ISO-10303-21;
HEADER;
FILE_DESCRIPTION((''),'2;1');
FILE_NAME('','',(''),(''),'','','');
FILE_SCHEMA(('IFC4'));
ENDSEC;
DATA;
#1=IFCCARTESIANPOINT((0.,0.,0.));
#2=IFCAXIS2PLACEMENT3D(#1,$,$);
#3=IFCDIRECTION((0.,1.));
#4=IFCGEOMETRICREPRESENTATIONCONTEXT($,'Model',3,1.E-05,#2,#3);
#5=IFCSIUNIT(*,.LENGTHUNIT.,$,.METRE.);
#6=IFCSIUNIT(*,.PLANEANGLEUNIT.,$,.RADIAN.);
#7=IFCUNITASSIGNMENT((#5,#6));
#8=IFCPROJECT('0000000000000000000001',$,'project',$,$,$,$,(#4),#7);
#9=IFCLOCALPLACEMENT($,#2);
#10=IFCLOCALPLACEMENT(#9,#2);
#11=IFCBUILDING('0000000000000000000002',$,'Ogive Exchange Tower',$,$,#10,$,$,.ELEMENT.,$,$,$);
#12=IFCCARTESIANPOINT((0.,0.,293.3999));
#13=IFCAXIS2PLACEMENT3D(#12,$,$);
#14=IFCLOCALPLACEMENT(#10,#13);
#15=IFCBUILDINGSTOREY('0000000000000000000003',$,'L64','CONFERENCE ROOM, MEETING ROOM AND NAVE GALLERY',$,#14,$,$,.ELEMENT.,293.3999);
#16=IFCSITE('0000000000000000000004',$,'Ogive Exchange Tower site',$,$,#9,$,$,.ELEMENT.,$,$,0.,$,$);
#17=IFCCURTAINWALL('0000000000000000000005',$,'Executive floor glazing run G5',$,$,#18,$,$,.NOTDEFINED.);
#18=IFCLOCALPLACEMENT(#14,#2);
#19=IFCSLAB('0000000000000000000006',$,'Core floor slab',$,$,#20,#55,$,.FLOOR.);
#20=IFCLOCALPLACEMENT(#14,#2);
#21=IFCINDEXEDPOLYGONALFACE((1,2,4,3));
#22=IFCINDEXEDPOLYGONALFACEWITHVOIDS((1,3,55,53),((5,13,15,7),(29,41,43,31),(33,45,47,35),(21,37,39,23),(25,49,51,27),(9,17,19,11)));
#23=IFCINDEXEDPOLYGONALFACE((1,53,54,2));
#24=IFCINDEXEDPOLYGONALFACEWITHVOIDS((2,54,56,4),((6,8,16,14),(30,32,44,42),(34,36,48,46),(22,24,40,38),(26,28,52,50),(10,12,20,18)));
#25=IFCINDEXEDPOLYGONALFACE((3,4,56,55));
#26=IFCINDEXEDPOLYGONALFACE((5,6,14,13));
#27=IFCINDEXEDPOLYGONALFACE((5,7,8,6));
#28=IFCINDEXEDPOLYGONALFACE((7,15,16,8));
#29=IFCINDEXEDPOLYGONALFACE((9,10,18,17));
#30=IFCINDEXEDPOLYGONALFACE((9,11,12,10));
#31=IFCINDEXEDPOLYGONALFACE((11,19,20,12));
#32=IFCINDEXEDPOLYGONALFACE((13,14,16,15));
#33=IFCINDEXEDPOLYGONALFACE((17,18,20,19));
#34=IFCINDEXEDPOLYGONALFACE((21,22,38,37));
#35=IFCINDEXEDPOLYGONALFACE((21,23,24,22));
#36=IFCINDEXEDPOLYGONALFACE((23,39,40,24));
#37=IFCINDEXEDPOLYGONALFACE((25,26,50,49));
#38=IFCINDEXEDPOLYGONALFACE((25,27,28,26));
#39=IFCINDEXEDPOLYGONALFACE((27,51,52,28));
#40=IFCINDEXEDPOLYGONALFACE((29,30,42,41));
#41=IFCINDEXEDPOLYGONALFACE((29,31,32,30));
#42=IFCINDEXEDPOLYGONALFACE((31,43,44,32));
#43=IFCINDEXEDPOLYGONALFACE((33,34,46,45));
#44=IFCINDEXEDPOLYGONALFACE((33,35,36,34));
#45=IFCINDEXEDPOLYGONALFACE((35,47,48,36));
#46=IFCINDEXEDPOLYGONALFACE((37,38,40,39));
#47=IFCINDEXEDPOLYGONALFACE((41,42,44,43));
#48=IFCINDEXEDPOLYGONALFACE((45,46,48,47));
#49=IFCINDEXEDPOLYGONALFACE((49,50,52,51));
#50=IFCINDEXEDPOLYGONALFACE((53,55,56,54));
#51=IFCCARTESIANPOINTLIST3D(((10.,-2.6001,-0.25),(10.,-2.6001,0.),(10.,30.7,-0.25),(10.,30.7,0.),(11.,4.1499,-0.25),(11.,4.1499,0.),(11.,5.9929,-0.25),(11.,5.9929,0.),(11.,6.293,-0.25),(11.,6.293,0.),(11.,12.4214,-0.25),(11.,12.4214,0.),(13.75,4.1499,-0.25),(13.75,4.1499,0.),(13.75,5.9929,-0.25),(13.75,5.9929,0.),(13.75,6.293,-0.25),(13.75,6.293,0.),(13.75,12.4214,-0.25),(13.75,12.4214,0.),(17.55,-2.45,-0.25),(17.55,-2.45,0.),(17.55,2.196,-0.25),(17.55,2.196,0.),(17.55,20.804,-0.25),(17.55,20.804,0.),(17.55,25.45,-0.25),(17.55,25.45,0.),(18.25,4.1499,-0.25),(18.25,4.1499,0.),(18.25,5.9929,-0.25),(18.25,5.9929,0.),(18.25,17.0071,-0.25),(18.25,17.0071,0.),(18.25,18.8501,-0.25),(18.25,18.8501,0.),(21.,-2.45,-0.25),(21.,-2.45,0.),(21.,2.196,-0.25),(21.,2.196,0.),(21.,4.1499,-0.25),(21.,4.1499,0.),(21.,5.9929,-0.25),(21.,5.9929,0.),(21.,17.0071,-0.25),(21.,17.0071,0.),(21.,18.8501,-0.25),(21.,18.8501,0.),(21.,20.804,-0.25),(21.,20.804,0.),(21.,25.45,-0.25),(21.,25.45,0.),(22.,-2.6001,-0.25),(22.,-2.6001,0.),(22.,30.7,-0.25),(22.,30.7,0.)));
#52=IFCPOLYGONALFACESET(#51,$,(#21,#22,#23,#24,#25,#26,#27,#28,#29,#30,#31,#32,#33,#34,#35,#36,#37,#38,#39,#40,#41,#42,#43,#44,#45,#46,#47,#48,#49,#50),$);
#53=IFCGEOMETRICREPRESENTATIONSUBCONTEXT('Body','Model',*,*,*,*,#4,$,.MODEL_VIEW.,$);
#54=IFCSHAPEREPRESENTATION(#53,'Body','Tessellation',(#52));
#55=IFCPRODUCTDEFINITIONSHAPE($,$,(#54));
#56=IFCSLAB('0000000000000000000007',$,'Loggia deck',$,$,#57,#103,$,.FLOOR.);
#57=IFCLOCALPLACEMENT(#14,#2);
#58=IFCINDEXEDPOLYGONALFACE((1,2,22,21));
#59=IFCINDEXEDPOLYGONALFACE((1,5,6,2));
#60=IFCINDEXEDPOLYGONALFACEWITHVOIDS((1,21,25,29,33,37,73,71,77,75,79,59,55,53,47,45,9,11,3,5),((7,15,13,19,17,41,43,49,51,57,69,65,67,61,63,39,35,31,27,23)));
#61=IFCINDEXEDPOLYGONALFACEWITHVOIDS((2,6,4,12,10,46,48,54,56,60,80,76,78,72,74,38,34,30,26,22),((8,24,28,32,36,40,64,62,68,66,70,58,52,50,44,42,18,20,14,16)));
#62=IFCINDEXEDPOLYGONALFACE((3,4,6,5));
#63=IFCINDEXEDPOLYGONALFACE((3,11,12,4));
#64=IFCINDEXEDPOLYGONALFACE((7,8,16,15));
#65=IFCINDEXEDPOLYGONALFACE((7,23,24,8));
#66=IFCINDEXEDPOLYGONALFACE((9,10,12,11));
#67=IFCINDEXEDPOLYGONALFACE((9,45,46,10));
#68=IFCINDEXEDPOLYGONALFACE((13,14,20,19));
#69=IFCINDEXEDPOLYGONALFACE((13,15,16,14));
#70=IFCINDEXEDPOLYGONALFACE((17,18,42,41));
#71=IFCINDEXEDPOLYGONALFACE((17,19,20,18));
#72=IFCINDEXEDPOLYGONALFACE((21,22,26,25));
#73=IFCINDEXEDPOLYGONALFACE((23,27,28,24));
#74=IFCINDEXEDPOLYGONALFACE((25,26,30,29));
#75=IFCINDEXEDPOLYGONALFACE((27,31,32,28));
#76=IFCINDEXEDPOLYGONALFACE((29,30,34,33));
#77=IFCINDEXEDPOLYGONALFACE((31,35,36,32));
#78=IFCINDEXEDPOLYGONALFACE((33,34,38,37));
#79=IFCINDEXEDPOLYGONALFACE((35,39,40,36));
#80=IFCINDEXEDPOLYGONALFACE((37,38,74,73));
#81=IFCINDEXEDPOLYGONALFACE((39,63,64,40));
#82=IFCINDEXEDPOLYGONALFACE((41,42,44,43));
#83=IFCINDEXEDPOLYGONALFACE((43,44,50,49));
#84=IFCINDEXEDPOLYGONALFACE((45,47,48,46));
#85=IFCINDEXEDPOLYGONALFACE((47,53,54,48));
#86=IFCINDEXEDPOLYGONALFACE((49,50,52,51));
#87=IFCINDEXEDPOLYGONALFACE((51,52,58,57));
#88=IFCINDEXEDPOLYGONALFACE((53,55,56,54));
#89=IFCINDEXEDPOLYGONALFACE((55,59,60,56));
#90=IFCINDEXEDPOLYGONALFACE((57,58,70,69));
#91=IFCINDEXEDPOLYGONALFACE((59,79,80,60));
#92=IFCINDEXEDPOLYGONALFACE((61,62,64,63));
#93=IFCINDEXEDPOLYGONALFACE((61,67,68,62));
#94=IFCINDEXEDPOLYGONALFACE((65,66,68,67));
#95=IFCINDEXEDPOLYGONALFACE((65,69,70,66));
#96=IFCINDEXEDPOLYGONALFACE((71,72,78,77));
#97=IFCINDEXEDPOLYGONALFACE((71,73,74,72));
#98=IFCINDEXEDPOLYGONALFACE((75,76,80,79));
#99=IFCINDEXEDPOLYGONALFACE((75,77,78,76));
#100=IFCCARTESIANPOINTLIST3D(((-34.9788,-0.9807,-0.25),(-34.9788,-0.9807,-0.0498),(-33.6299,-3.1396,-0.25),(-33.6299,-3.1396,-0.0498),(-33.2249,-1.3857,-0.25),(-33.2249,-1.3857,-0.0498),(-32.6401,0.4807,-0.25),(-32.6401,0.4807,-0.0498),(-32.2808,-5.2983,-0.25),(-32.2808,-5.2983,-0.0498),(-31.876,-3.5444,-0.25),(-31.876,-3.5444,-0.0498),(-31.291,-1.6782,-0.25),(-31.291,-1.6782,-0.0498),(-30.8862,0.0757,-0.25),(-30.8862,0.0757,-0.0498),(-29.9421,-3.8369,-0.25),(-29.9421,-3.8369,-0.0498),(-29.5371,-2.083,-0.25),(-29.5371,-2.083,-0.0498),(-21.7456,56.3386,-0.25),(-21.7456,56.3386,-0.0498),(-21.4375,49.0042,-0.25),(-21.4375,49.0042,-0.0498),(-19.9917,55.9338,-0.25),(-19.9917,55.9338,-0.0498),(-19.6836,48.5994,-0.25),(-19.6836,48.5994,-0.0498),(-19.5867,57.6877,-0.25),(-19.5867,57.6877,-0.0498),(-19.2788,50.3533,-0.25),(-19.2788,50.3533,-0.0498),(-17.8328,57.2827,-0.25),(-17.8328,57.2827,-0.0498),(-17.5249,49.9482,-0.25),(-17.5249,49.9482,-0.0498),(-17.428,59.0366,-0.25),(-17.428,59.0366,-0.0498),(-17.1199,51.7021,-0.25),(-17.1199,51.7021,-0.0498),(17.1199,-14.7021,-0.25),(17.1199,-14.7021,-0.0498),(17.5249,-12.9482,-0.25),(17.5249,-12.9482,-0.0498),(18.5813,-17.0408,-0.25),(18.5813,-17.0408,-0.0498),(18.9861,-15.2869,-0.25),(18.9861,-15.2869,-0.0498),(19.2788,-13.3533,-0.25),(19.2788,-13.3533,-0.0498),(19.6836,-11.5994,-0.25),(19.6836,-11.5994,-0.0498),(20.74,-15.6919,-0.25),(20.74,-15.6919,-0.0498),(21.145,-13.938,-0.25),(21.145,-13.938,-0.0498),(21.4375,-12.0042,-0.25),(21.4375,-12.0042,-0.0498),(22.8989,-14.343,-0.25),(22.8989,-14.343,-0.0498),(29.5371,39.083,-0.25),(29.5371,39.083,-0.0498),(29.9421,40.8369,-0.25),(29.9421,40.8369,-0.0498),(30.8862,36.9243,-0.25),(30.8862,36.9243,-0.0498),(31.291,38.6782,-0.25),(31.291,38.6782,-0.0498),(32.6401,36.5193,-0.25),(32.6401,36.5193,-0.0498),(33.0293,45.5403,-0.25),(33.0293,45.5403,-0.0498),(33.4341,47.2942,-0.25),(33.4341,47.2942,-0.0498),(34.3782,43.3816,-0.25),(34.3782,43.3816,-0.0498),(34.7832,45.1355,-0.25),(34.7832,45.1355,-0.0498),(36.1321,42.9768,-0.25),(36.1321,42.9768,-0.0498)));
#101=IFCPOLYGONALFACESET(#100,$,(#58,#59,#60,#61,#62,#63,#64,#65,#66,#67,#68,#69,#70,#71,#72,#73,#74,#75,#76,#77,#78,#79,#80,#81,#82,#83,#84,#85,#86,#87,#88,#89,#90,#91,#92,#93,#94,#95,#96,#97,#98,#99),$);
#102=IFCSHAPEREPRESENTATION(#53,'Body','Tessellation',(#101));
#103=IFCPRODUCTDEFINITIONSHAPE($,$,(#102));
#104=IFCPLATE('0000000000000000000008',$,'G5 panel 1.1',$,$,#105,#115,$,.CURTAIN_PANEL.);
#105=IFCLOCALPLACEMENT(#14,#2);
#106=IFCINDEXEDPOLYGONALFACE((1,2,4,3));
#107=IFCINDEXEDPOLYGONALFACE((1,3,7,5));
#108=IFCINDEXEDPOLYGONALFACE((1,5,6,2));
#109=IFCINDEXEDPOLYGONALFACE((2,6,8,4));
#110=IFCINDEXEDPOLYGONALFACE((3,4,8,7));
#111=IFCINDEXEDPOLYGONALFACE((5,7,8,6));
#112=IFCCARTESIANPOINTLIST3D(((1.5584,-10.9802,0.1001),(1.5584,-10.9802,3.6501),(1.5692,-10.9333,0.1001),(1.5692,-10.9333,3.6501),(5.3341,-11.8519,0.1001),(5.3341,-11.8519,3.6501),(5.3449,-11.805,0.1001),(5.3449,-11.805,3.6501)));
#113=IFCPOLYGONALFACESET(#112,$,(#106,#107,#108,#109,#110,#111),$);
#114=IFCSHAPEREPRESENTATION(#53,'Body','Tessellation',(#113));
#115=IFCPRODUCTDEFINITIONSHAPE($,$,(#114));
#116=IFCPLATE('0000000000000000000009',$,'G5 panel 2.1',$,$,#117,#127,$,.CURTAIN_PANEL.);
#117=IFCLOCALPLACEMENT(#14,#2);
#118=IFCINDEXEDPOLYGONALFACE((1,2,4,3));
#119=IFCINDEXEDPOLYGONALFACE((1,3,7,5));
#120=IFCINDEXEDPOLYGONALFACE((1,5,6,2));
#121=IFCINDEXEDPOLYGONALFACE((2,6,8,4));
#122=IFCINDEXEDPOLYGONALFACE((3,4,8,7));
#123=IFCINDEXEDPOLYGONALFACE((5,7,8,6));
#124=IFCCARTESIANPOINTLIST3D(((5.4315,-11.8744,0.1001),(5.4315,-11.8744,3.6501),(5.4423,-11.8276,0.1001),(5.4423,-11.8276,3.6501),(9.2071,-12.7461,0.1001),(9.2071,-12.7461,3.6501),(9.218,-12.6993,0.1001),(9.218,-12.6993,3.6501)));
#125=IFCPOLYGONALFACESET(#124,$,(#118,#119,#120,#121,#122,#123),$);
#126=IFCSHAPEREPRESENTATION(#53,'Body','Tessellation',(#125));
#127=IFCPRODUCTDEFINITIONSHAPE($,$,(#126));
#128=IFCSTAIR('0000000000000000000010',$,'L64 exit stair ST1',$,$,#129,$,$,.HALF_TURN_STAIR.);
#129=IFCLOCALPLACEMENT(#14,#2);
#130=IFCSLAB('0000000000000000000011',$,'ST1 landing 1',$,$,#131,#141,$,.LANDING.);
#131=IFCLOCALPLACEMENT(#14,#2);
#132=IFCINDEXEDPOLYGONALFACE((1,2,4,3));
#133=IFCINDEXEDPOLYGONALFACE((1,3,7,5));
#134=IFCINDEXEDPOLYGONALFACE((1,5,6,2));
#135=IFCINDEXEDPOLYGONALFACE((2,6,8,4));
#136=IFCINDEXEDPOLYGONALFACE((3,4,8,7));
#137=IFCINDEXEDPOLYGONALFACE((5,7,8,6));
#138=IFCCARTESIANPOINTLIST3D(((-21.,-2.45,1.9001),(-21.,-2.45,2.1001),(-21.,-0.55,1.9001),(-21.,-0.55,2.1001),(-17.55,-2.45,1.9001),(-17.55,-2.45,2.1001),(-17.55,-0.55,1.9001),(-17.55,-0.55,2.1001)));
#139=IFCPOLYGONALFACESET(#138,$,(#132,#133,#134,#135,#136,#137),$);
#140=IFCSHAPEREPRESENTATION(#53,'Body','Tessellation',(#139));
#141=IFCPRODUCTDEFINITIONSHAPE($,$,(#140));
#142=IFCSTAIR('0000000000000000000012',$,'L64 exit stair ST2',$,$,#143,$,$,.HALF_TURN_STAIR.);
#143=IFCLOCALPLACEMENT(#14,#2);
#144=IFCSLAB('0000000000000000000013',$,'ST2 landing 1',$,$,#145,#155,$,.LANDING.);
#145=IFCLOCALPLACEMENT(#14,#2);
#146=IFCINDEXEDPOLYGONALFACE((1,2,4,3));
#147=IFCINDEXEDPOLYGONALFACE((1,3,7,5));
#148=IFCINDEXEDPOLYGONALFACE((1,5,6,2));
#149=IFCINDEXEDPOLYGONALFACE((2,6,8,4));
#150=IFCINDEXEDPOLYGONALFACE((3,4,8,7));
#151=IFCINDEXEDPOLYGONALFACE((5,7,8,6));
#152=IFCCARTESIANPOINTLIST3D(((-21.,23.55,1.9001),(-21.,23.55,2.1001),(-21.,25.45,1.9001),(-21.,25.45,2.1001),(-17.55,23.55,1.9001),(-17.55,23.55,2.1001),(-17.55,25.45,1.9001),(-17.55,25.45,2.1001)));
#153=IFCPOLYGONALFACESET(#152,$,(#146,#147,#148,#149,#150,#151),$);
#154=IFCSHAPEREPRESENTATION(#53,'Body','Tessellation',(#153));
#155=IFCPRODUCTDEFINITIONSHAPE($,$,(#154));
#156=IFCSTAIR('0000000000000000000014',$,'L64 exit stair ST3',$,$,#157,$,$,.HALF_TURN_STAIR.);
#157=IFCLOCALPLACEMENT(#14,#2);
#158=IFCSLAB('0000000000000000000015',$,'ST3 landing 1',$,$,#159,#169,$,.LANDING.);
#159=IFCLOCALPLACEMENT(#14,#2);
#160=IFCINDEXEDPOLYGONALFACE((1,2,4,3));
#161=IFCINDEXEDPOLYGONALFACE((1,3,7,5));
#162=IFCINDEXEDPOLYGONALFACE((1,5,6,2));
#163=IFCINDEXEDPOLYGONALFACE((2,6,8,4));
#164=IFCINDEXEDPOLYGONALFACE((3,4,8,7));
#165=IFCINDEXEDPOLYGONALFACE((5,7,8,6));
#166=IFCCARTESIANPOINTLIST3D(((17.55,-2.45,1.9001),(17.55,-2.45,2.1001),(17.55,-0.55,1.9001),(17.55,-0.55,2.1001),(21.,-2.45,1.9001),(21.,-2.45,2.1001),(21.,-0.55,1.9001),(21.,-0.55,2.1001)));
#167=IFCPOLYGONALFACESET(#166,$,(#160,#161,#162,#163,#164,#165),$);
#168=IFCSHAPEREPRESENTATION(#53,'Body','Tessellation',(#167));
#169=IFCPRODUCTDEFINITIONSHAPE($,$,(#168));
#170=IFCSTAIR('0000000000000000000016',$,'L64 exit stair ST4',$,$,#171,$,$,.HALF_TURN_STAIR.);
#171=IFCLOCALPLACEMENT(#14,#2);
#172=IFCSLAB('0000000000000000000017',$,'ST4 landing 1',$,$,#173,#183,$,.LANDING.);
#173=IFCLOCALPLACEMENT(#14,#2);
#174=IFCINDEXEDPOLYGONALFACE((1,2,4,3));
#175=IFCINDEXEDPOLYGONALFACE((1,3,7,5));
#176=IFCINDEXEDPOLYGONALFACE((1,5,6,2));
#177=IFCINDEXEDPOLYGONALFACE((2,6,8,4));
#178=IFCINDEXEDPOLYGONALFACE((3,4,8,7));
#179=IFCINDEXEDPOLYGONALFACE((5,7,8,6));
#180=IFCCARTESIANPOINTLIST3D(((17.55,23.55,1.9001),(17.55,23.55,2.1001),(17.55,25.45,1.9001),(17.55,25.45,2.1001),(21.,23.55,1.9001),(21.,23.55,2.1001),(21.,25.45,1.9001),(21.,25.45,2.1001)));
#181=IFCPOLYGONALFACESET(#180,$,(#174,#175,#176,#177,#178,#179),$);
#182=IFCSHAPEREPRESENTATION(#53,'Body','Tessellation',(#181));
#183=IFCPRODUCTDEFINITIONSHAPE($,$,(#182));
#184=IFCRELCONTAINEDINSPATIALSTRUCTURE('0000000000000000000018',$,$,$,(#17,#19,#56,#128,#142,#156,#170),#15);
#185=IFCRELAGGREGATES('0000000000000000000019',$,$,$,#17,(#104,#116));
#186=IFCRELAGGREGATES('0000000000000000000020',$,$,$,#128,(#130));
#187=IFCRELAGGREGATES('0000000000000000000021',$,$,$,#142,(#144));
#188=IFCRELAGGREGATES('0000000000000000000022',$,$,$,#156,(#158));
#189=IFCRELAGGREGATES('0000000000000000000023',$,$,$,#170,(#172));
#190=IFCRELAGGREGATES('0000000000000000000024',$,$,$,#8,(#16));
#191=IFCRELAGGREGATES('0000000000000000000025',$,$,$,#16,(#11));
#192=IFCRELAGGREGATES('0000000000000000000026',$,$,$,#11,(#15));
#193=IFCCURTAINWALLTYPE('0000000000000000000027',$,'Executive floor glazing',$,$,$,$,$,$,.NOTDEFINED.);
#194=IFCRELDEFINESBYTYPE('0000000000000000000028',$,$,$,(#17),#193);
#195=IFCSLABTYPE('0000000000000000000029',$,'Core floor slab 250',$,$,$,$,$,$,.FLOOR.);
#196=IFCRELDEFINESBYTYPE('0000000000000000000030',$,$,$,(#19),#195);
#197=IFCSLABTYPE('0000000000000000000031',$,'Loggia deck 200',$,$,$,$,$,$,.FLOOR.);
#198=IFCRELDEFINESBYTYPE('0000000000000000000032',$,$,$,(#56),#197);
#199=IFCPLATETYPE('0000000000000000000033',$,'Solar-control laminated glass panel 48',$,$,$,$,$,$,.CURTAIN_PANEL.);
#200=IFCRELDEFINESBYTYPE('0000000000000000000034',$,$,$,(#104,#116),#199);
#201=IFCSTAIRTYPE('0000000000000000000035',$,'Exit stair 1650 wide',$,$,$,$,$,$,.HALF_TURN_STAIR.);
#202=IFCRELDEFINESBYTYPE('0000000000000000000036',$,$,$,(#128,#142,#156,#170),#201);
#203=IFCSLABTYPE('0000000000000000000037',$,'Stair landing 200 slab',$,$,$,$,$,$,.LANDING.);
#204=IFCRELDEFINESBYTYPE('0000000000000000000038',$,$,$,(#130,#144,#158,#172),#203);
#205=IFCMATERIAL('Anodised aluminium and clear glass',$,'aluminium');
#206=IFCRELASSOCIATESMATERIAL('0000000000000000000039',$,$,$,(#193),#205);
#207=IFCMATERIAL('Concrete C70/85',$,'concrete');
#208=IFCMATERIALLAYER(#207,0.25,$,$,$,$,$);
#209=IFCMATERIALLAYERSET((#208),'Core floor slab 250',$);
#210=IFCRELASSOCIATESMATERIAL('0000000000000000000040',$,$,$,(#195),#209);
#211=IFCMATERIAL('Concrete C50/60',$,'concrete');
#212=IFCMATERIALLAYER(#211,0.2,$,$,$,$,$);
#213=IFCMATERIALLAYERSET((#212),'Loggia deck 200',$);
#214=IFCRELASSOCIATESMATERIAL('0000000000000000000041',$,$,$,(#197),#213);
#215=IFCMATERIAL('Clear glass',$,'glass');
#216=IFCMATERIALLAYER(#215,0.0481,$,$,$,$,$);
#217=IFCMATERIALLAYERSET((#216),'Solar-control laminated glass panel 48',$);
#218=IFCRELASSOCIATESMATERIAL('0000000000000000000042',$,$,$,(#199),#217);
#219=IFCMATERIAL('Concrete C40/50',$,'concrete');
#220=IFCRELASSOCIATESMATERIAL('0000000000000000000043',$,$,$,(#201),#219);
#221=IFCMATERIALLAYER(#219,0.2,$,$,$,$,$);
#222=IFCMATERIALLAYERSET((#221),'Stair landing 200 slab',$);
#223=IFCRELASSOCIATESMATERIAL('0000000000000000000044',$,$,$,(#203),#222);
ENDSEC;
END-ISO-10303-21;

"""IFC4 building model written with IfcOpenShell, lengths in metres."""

from ifc_helpers import new_model, si_unit, direction, frame, origin, origin_2d, place, context, subcontext, project, spatial, polyline, rectangle, outline, extrude, material, layer, layer_set, type_object, element, aggregate, save


model = new_model("IFC4")

# Units and contexts
model_context = context("Model", 3, precision=1e-05, world=origin(), true_north=direction((0.0, 1.0)))
body_context = subcontext(model_context, "Body", "Model", "MODEL_VIEW")
ifc_project = project(units=[si_unit("LENGTHUNIT", "METRE"), si_unit("PLANEANGLEUNIT", "RADIAN")], contexts=[model_context])

# Site, building, storey
site_placement = place(None, origin())
site = spatial("IfcSite", under=ifc_project, at=site_placement, Name="Ogive Exchange Tower site", CompositionType="ELEMENT", RefElevation=0.0)
building_placement = place(site_placement, origin())
building = spatial("IfcBuilding", under=site, at=building_placement, Name="Ogive Exchange Tower", CompositionType="ELEMENT")
storey_placement = place(building_placement, frame((0.0, 0.0, 293.3999)))
storey = spatial("IfcBuildingStorey", under=building, at=storey_placement, Name="L64", Description="CONFERENCE ROOM, MEETING ROOM AND NAVE GALLERY", CompositionType="ELEMENT", Elevation=293.3999)

# Shared definitions
ifc_material_1 = material(Name="Anodised aluminium and clear glass", Category="aluminium")
curtain_wall_type = type_object("IfcCurtainWallType", Name="Executive floor glazing", PredefinedType="NOTDEFINED", material=ifc_material_1)

# Curtain wall
curtain_wall_1_placement = place(storey_placement, origin())
curtain_wall_1 = element("IfcCurtainWall", 1, at=curtain_wall_1_placement, inside=storey, type_object=curtain_wall_type, Name="Executive floor glazing run G5", PredefinedType="NOTDEFINED")

# Slabs
ifc_material_2 = material(Name="Concrete C50/60", Category="concrete")
ifc_material_3 = material(Name="Concrete C70/85", Category="concrete")
ifc_layer_1 = layer(ifc_material_3, 0.25)
ifc_layer_set_1 = layer_set([ifc_layer_1], Name="Core floor slab 250")
slab_type_1 = type_object("IfcSlabType", Name="Core floor slab 250", PredefinedType="FLOOR", material=ifc_layer_set_1)
slab_1_placement = place(storey_placement, frame((0.0, 0.0, -0.25)))
element("IfcSlab", 2, at=slab_1_placement, inside=storey, type_object=slab_type_1, Name="Core floor slab", PredefinedType="FLOOR", context=body_context, shape_type="SweptSolid", body=[
    extrude(outline(polyline([(10.0, -2.6001), (10.0, 30.7), (22.0, 30.7), (22.0, -2.6001), (10.0, -2.6001)]), holes=[polyline([(21.0, 2.196), (17.55, 2.196), (17.55, -2.45), (21.0, -2.45), (21.0, 2.196)]), polyline([(13.75, 5.9929), (11.0, 5.9929), (11.0, 4.1499), (13.75, 4.1499), (13.75, 5.9929)]), polyline([(21.0, 5.9929), (18.25, 5.9929), (18.25, 4.1499), (21.0, 4.1499), (21.0, 5.9929)]), polyline([(11.0, 12.4214), (11.0, 6.293), (13.75, 6.293), (13.75, 12.4214), (11.0, 12.4214)]), polyline([(21.0, 18.8501), (18.25, 18.8501), (18.25, 17.0071), (21.0, 17.0071), (21.0, 18.8501)]), polyline([(17.55, 25.45), (17.55, 20.804), (21.0, 20.804), (21.0, 25.45), (17.55, 25.45)])]), origin(), (0.0, 0.0, 1.0), 0.25),
])
ifc_layer_2 = layer(ifc_material_2, 0.2)
ifc_layer_set_2 = layer_set([ifc_layer_2], Name="Loggia deck 200")
slab_type_2 = type_object("IfcSlabType", Name="Loggia deck 200", PredefinedType="FLOOR", material=ifc_layer_set_2)
slab_2_placement = place(storey_placement, frame((0.0, 0.0, -0.25)))
element("IfcSlab", 3, at=slab_2_placement, inside=storey, type_object=slab_type_2, Name="Loggia deck", PredefinedType="FLOOR", context=body_context, shape_type="SweptSolid", body=[
    extrude(outline(polyline([(-31.876, -3.5444), (-33.6299, -3.1396), (-33.2249, -1.3857), (-34.9788, -0.9807), (-21.7456, 56.3386), (-19.9917, 55.9338), (-19.5867, 57.6877), (-17.8328, 57.2827), (-17.428, 59.0366), (33.4341, 47.2942), (33.0293, 45.5403), (34.7832, 45.1355), (34.3782, 43.3816), (36.1321, 42.9768), (22.8989, -14.343), (21.145, -13.938), (20.74, -15.6919), (18.9861, -15.2869), (18.5813, -17.0408), (-32.2808, -5.2983), (-31.876, -3.5444)]), holes=[polyline([(17.5249, -12.9482), (19.2788, -13.3533), (19.6836, -11.5994), (21.4375, -12.0042), (32.6401, 36.5193), (30.8862, 36.9243), (31.291, 38.6782), (29.5371, 39.083), (29.9421, 40.8369), (-17.1199, 51.7021), (-17.5249, 49.9482), (-19.2788, 50.3533), (-19.6836, 48.5994), (-21.4375, 49.0042), (-32.6401, 0.4807), (-30.8862, 0.0757), (-31.291, -1.6782), (-29.5371, -2.083), (-29.9421, -3.8369), (17.1199, -14.7021), (17.5249, -12.9482)])]), origin(), (0.0, 0.0, 1.0), 0.2002),
])

# Plates
ifc_material_4 = material(Name="Clear glass", Category="glass")
ifc_layer_3 = layer(ifc_material_4, 0.0481)
ifc_layer_set_3 = layer_set([ifc_layer_3], Name="Solar-control laminated glass panel 48")
plate_type = type_object("IfcPlateType", Name="Solar-control laminated glass panel 48", PredefinedType="CURTAIN_PANEL", material=ifc_layer_set_3)
plate_1_placement = place(storey_placement, frame((3.4517, -11.3926, 0.1001), z_axis=(0.0, 0.0, 1.0), x_axis=(0.974369, -0.224956, 0.0)))
plate_1 = element("IfcPlate", 4, at=plate_1_placement, type_object=plate_type, Name="G5 panel 1.1", PredefinedType="CURTAIN_PANEL", context=body_context, shape_type="SweptSolid", body=[
    extrude(rectangle(XDim=3.875, YDim=0.0481, at=origin_2d()), origin(), (0.0, 0.0, 1.0), 3.55),
])
plate_2_placement = place(storey_placement, frame((7.3247, -12.2869, 0.1001), z_axis=(0.0, 0.0, 1.0), x_axis=(0.974369, -0.224956, 0.0)))
plate_2 = element("IfcPlate", 5, at=plate_2_placement, type_object=plate_type, Name="G5 panel 2.1", PredefinedType="CURTAIN_PANEL", context=body_context, shape_type="SweptSolid", body=[
    extrude(rectangle(XDim=3.875, YDim=0.0481, at=origin_2d()), origin(), (0.0, 0.0, 1.0), 3.55),
])
aggregate(curtain_wall_1, [plate_1, plate_2])

# Stairs, slabs
ifc_material_5 = material(Name="Concrete C40/50", Category="concrete")
stair_type = type_object("IfcStairType", Name="Exit stair 1650 wide", PredefinedType="HALF_TURN_STAIR", material=ifc_material_5)
stair_1_placement = place(storey_placement, origin())
stair_1 = element("IfcStair", 6, at=stair_1_placement, inside=storey, type_object=stair_type, Name="L64 exit stair ST1", PredefinedType="HALF_TURN_STAIR")
ifc_layer_4 = layer(ifc_material_5, 0.2)
ifc_layer_set_4 = layer_set([ifc_layer_4], Name="Stair landing 200 slab")
slab_type_3 = type_object("IfcSlabType", Name="Stair landing 200 slab", PredefinedType="LANDING", material=ifc_layer_set_4)
slab_3_placement = place(storey_placement, frame((0.0, 0.0, 1.9001)))
slab_3 = element("IfcSlab", 7, at=slab_3_placement, type_object=slab_type_3, Name="ST1 landing 1", PredefinedType="LANDING", context=body_context, shape_type="SweptSolid", body=[
    extrude(outline(polyline([(-21.0, -0.55), (-21.0, -2.45), (-17.55, -2.45), (-17.55, -0.55), (-21.0, -0.55)])), origin(), (0.0, 0.0, 1.0), 0.2),
])
aggregate(stair_1, [slab_3])
stair_2_placement = place(storey_placement, origin())
stair_2 = element("IfcStair", 8, at=stair_2_placement, inside=storey, type_object=stair_type, Name="L64 exit stair ST2", PredefinedType="HALF_TURN_STAIR")
slab_4_placement = place(storey_placement, frame((0.0, 0.0, 1.9001)))
slab_4 = element("IfcSlab", 9, at=slab_4_placement, type_object=slab_type_3, Name="ST2 landing 1", PredefinedType="LANDING", context=body_context, shape_type="SweptSolid", body=[
    extrude(outline(polyline([(-17.55, 23.55), (-17.55, 25.45), (-21.0, 25.45), (-21.0, 23.55), (-17.55, 23.55)])), origin(), (0.0, 0.0, 1.0), 0.2),
])
aggregate(stair_2, [slab_4])
stair_3_placement = place(storey_placement, origin())
stair_3 = element("IfcStair", 10, at=stair_3_placement, inside=storey, type_object=stair_type, Name="L64 exit stair ST3", PredefinedType="HALF_TURN_STAIR")
slab_5_placement = place(storey_placement, frame((0.0, 0.0, 1.9001)))
slab_5 = element("IfcSlab", 11, at=slab_5_placement, type_object=slab_type_3, Name="ST3 landing 1", PredefinedType="LANDING", context=body_context, shape_type="SweptSolid", body=[
    extrude(outline(polyline([(17.55, -0.55), (17.55, -2.45), (21.0, -2.45), (21.0, -0.55), (17.55, -0.55)])), origin(), (0.0, 0.0, 1.0), 0.2),
])
aggregate(stair_3, [slab_5])
stair_4_placement = place(storey_placement, origin())
stair_4 = element("IfcStair", 12, at=stair_4_placement, inside=storey, type_object=stair_type, Name="L64 exit stair ST4", PredefinedType="HALF_TURN_STAIR")
slab_6_placement = place(storey_placement, frame((0.0, 0.0, 1.9001)))
slab_6 = element("IfcSlab", 13, at=slab_6_placement, type_object=slab_type_3, Name="ST4 landing 1", PredefinedType="LANDING", context=body_context, shape_type="SweptSolid", body=[
    extrude(outline(polyline([(21.0, 23.55), (21.0, 25.45), (17.55, 25.45), (17.55, 23.55), (21.0, 23.55)])), origin(), (0.0, 0.0, 1.0), 0.2),
])
aggregate(stair_4, [slab_6])

save(model, "model.ifc")
